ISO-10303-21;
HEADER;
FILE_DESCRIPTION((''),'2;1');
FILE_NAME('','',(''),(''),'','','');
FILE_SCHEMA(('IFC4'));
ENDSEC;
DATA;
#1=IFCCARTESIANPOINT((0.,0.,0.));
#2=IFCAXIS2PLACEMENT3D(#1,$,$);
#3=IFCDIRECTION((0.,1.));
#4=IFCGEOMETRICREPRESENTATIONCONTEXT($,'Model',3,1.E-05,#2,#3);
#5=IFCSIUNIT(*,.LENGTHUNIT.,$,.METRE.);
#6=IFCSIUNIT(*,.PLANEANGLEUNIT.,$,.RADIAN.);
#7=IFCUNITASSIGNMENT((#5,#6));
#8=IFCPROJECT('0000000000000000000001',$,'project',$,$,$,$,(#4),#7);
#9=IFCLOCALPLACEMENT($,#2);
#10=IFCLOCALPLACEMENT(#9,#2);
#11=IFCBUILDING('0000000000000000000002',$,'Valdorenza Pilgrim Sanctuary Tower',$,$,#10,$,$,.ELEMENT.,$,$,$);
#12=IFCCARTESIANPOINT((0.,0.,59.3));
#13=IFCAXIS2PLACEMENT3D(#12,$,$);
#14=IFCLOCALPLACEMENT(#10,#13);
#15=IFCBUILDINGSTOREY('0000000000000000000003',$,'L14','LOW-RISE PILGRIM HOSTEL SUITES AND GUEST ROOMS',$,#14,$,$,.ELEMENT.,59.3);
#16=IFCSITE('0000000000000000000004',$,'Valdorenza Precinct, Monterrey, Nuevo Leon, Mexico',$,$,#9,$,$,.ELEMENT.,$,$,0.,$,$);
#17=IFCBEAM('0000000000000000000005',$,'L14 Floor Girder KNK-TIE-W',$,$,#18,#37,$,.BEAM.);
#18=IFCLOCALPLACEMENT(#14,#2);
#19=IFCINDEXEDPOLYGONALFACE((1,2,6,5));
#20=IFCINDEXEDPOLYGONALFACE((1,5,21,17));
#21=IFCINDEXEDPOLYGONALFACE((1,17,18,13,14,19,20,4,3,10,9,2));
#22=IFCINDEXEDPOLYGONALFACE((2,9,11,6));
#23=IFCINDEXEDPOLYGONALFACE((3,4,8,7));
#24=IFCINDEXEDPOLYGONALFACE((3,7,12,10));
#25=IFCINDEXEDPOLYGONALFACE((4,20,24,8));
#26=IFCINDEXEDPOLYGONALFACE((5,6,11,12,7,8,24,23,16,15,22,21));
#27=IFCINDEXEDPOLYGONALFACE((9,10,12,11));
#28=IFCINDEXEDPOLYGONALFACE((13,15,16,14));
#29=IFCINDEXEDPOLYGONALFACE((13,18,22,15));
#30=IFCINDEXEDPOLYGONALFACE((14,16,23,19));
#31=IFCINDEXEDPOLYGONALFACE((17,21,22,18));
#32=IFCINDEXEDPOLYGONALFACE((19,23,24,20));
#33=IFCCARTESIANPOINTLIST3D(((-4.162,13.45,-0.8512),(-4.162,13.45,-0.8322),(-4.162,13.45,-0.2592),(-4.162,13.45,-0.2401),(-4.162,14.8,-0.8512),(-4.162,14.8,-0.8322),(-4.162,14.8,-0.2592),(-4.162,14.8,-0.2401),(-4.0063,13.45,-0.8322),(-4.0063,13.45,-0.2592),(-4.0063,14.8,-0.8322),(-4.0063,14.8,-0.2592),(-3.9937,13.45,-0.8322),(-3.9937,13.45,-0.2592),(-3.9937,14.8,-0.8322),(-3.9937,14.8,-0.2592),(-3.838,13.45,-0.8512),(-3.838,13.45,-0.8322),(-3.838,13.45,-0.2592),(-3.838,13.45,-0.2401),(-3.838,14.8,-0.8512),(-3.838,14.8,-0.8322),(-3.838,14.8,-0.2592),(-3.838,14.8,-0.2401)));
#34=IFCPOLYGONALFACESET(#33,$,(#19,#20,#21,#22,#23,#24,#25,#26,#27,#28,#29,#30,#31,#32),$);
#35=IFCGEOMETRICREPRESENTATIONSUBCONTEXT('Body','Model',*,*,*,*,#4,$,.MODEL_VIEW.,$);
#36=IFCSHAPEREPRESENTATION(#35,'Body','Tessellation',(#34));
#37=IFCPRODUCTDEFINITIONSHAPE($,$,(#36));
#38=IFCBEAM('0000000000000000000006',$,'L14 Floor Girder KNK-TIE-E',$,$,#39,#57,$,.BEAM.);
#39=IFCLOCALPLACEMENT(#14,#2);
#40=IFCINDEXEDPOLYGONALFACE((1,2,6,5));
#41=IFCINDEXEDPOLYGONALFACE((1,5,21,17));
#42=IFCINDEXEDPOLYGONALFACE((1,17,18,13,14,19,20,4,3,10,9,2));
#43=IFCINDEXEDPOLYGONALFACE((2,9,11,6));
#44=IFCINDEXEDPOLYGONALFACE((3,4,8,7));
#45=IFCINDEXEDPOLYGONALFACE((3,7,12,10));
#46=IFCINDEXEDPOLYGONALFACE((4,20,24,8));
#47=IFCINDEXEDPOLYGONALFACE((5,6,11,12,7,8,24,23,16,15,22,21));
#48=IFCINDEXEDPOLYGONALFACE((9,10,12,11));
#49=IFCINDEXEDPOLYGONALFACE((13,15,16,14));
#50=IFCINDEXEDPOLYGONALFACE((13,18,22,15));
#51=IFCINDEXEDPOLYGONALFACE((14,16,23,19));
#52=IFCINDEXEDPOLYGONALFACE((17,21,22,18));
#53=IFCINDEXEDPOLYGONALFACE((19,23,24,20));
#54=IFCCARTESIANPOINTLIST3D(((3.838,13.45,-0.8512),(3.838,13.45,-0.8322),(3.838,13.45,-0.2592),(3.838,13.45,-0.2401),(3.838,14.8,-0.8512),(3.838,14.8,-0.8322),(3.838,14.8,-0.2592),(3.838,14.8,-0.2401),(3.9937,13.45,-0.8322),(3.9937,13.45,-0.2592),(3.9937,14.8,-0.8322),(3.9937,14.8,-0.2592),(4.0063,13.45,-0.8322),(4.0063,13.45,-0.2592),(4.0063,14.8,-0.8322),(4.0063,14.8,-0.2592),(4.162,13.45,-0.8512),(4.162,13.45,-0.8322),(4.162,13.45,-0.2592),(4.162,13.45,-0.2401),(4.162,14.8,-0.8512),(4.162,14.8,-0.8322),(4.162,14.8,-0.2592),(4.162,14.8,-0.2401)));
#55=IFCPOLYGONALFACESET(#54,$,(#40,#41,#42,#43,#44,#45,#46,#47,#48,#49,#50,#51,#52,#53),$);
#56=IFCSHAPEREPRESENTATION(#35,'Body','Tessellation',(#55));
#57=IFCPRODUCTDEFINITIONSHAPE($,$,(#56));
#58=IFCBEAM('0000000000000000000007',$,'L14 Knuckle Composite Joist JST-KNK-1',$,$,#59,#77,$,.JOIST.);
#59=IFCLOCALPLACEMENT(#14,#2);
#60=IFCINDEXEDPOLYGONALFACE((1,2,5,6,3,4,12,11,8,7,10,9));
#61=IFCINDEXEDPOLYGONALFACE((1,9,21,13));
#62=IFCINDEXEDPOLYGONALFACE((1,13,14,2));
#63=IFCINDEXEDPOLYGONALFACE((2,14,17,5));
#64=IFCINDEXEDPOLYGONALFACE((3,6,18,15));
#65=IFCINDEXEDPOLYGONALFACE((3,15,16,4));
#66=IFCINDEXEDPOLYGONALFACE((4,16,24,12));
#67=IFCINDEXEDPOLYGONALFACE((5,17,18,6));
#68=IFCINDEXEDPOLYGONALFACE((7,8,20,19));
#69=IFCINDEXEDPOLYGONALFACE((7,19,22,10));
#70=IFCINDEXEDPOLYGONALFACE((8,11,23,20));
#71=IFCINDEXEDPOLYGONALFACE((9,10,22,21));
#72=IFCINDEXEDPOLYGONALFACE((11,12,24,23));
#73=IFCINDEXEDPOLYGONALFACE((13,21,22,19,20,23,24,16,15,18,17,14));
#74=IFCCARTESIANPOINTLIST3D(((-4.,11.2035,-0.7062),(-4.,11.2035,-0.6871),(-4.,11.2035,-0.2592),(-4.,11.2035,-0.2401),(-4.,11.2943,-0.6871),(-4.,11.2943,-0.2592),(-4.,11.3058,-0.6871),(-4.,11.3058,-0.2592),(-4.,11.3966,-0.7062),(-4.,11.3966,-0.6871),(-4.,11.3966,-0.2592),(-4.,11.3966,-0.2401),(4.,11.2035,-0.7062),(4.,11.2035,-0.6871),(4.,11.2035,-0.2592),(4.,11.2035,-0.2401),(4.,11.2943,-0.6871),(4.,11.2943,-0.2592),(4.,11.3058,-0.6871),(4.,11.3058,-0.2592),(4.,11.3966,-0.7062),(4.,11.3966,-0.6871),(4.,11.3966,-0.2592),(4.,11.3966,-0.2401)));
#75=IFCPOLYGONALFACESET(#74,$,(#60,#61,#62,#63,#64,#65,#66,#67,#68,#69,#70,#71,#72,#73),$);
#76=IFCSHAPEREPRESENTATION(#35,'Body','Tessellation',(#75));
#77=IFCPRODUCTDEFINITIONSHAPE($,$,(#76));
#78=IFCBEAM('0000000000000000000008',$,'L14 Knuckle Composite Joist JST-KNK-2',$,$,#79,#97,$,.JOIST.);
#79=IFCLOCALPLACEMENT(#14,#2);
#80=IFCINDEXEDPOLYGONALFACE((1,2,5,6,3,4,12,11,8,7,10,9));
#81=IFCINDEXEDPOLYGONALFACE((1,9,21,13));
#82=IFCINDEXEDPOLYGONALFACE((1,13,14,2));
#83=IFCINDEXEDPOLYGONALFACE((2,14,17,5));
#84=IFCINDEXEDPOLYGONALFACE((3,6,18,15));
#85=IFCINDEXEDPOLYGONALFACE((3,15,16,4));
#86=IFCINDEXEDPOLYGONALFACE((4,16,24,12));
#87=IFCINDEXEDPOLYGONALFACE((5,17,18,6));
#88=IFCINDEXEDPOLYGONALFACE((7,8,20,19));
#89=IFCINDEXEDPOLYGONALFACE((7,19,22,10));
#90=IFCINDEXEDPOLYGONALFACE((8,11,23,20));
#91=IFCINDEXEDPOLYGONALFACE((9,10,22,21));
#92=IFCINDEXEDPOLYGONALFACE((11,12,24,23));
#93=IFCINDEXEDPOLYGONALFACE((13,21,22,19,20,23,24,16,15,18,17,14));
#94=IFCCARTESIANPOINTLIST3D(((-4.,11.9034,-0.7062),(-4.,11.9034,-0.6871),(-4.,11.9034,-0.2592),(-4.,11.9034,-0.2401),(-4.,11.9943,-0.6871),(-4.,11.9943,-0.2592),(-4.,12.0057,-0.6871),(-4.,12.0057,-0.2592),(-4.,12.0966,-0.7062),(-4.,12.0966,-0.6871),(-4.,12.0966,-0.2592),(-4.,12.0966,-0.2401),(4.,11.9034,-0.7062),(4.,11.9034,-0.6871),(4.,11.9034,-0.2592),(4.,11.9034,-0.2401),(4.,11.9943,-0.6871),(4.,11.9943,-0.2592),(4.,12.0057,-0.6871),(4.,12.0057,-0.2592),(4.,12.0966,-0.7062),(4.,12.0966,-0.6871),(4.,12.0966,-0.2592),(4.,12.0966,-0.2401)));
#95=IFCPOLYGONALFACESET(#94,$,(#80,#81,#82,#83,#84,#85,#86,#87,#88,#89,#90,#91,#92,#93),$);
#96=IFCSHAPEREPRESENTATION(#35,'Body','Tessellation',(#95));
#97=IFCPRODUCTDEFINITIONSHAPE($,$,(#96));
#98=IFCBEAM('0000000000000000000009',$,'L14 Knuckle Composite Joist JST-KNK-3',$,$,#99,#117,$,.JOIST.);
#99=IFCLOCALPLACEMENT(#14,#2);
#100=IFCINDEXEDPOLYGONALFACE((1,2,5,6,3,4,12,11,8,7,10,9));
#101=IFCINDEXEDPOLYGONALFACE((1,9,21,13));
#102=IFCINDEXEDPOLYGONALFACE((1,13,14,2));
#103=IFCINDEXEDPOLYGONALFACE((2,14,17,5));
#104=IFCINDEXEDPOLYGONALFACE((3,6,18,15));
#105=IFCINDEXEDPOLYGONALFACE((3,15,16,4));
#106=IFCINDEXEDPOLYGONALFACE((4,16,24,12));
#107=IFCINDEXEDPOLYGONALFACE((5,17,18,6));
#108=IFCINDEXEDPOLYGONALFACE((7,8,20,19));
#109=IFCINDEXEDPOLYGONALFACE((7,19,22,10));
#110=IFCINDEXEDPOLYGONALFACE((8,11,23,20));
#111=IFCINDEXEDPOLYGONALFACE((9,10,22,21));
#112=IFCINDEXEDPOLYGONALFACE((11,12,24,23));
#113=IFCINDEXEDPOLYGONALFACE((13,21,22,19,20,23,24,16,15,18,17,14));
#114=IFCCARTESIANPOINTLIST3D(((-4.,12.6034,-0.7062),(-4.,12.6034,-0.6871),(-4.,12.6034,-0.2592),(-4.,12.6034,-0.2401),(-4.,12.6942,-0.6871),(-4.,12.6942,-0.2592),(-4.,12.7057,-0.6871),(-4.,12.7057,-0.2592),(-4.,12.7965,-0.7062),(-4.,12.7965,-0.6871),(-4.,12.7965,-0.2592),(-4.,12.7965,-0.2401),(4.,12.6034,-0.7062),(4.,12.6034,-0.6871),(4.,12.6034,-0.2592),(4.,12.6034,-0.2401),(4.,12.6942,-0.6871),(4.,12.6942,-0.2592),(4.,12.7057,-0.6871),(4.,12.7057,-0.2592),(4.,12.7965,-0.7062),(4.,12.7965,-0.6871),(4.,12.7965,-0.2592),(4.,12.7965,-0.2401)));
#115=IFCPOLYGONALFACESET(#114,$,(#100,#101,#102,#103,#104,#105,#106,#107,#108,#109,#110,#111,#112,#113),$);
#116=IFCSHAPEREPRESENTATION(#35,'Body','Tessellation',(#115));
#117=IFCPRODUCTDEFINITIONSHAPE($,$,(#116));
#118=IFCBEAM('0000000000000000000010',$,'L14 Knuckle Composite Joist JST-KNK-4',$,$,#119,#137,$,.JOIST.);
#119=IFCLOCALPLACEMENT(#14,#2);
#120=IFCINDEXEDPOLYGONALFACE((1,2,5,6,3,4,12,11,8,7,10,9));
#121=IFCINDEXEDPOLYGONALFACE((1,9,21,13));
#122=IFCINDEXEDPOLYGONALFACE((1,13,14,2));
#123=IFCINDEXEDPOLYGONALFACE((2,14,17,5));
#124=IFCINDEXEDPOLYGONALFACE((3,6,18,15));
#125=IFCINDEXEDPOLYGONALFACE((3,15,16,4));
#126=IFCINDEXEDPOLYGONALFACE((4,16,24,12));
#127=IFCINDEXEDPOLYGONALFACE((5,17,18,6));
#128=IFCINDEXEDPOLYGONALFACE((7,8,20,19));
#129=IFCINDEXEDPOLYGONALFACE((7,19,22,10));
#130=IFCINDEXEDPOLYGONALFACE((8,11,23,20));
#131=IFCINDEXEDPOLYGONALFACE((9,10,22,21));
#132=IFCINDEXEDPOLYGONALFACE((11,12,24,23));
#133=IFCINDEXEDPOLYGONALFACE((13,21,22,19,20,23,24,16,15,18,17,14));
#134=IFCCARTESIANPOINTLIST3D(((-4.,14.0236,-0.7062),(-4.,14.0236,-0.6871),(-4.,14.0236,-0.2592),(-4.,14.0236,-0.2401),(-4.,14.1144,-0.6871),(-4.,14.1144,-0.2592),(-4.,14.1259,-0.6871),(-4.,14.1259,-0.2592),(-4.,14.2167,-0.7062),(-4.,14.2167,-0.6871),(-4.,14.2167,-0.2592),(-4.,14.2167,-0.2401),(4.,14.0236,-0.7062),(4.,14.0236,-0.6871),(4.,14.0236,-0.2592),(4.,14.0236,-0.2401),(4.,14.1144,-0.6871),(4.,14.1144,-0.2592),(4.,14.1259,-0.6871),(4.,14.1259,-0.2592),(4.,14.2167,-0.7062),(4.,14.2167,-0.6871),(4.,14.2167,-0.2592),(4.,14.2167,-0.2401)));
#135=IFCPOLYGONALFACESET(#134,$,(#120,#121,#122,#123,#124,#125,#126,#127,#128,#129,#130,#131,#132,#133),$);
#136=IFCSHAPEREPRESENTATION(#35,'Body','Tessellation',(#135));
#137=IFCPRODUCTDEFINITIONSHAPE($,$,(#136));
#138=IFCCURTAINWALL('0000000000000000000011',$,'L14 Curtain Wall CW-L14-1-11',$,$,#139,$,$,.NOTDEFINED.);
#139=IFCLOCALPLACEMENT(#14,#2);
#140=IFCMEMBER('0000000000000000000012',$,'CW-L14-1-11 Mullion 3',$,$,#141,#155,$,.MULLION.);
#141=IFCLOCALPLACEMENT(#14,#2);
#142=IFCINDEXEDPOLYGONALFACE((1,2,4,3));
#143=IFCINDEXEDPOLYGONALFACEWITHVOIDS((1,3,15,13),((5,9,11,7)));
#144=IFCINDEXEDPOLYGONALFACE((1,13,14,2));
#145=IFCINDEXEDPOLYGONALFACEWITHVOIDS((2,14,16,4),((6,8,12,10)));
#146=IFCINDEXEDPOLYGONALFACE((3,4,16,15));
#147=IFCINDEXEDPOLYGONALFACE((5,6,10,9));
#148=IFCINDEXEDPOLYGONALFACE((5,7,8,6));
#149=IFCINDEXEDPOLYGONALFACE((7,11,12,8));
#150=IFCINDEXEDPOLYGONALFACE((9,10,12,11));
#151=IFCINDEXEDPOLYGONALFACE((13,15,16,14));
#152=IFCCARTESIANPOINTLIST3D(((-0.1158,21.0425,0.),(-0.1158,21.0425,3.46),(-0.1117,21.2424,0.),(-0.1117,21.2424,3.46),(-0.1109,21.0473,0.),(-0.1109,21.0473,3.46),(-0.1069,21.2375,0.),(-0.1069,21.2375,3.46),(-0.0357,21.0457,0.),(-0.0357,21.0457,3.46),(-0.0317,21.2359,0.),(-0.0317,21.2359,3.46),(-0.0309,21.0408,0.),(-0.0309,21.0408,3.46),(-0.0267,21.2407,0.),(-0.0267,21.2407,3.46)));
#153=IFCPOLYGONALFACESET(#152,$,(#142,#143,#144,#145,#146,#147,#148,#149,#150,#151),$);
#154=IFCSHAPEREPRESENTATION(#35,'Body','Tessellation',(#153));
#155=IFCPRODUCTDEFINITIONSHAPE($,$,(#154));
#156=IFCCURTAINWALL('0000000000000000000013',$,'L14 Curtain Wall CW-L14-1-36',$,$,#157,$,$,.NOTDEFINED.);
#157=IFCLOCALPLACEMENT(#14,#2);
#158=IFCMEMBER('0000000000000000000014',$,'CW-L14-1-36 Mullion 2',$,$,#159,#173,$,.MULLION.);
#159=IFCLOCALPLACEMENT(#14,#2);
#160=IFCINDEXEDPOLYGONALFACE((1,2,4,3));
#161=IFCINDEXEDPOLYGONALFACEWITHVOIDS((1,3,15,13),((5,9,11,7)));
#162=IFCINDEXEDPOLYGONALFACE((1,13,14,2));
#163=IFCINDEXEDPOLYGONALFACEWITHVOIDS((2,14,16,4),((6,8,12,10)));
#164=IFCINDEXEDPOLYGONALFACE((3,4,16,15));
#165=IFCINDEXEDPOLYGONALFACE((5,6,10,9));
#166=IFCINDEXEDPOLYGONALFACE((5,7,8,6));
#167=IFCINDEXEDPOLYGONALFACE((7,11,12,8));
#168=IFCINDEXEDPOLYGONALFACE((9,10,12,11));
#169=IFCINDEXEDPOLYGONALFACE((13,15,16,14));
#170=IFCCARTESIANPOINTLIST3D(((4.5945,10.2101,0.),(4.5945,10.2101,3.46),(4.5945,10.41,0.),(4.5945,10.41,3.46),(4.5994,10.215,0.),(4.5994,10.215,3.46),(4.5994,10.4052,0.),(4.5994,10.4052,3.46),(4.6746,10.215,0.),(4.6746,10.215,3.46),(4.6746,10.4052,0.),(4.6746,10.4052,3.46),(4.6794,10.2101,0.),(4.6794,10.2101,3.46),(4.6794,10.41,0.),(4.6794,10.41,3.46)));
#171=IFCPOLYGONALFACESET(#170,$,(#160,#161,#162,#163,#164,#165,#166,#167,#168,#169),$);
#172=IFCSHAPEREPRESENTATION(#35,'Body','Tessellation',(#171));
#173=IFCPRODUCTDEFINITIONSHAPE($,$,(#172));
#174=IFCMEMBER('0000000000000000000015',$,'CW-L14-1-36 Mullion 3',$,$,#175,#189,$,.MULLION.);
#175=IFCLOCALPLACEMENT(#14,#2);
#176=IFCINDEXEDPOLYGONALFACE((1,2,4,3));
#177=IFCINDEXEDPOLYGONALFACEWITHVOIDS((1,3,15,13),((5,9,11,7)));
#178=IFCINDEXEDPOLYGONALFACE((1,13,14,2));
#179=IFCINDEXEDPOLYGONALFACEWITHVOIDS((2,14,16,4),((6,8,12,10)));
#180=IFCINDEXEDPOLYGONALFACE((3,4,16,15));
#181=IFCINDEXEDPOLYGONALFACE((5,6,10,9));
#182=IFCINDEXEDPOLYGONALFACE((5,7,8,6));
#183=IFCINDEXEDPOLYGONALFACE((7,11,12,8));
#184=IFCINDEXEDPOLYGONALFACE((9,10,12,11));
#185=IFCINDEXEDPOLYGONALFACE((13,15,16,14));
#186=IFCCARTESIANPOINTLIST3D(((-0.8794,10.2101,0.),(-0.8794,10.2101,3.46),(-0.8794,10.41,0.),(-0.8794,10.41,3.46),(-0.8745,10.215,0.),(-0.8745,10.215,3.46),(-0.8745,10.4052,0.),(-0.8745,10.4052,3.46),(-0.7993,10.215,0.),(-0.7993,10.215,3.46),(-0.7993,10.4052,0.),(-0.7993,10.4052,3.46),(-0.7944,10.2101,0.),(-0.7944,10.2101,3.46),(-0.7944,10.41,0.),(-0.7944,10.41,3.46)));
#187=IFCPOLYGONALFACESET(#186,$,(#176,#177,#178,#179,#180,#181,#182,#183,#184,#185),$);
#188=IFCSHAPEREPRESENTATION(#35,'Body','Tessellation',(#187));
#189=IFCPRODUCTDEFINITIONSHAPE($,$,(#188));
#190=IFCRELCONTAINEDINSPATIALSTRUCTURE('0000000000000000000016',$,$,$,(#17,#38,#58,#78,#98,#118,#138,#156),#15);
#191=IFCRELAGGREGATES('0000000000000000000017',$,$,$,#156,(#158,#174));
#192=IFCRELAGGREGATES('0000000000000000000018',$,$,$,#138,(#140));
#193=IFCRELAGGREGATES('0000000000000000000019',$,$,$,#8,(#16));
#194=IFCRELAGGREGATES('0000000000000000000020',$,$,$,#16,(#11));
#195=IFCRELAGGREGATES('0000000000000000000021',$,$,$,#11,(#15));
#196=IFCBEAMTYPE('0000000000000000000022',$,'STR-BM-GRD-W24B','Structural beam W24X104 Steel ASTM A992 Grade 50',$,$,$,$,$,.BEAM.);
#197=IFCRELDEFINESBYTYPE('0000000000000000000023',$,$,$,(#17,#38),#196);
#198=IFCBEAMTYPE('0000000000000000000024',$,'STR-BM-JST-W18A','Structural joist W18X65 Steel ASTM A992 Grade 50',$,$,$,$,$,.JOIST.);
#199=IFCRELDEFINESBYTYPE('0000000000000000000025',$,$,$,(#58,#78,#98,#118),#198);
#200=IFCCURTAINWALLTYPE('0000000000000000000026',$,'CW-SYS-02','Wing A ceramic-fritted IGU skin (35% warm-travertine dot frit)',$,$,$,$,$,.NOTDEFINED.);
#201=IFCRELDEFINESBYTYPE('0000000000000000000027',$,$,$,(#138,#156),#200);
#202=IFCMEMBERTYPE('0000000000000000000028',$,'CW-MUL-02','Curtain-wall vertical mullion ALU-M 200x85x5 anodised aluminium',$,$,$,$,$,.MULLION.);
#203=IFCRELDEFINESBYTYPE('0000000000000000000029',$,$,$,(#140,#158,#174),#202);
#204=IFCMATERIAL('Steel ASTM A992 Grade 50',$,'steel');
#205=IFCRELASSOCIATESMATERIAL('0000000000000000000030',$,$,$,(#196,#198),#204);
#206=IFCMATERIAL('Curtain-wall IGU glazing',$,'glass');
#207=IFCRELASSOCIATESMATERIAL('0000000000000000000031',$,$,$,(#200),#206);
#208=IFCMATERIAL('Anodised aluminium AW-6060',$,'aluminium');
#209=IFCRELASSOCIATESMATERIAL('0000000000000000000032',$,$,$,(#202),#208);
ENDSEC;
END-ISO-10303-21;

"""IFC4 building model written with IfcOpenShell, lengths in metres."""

from ifc_helpers import new_model, si_unit, direction, frame, origin, origin_2d, place, context, subcontext, project, spatial, hollow_rectangle, i_section, extrude, source, transform, mapped, material, material_profile, profile_set, type_object, element, aggregate, save


model = new_model("IFC4")

# Units and contexts
model_context = context("Model", 3, precision=1e-05, world=origin(), true_north=direction((0.0, 1.0)))
body_context = subcontext(model_context, "Body", "Model", "MODEL_VIEW")
ifc_project = project(units=[si_unit("LENGTHUNIT", "METRE"), si_unit("PLANEANGLEUNIT", "RADIAN")], contexts=[model_context])

# Site, building, storey
site_placement = place(None, origin())
site = spatial("IfcSite", under=ifc_project, at=site_placement, Name="Valdorenza Precinct, Monterrey, Nuevo Leon, Mexico", CompositionType="ELEMENT", RefElevation=0.0)
building_placement = place(site_placement, origin())
building = spatial("IfcBuilding", under=site, at=building_placement, Name="Valdorenza Pilgrim Sanctuary Tower", CompositionType="ELEMENT")
storey_placement = place(building_placement, frame((0.0, 0.0, 59.3)))
storey = spatial("IfcBuildingStorey", under=building, at=storey_placement, Name="L14", Description="LOW-RISE PILGRIM HOSTEL SUITES AND GUEST ROOMS", CompositionType="ELEMENT", Elevation=59.3)

# Shared definitions
ifc_material_1 = material(Name="Steel ASTM A992 Grade 50", Category="steel")

# Beams
ifc_material_profile_1 = material_profile(ifc_material_1, i_section(OverallWidth=0.324, OverallDepth=0.6111, WebThickness=0.0127, FlangeThickness=0.019, at=origin_2d()), Name="W24X104")
ifc_profile_set_1 = profile_set([ifc_material_profile_1], Name="Steel ASTM A992 Grade 50")
beam_type_1 = type_object("IfcBeamType", Name="STR-BM-GRD-W24B", Description="Structural beam W24X104 Steel ASTM A992 Grade 50", PredefinedType="BEAM", material=ifc_profile_set_1)
shared_shape_1 = source(origin(), body_context, "Body", "SweptSolid", [
    extrude(i_section(OverallWidth=0.324, OverallDepth=0.6111, WebThickness=0.0127, FlangeThickness=0.019, at=origin_2d()), origin(), (0.0, 0.0, 1.0), 1.3501),
])
for number, where, z_axis, x_axis, name in (
    (1, (-4.0, 13.45, -0.5457), (0.0, 1.0, 0.0), (-1.0, 0.0, 0.0), "L14 Floor Girder KNK-TIE-W"),
    (2, (4.0, 13.45, -0.5457), (0.0, 1.0, 0.0), (-1.0, 0.0, 0.0), "L14 Floor Girder KNK-TIE-E"),
):
    element("IfcBeam", number, at=place(storey_placement, frame(where, z_axis=z_axis, x_axis=x_axis)), inside=storey, type_object=beam_type_1, Name=name, PredefinedType="BEAM", context=body_context, shape_type="MappedRepresentation", body=[
        mapped(shared_shape_1, transform((0.0, 0.0, 0.0), x_axis=(1.0, 0.0, 0.0), y_axis=(0.0, 1.0, 0.0), z_axis=(0.0, 0.0, 1.0), scale=1.0)),
    ])
ifc_material_profile_2 = material_profile(ifc_material_1, i_section(OverallWidth=0.1931, OverallDepth=0.4661, WebThickness=0.0115, FlangeThickness=0.019, at=origin_2d()), Name="W18X65")
ifc_profile_set_2 = profile_set([ifc_material_profile_2], Name="Steel ASTM A992 Grade 50")
beam_type_2 = type_object("IfcBeamType", Name="STR-BM-JST-W18A", Description="Structural joist W18X65 Steel ASTM A992 Grade 50", PredefinedType="JOIST", material=ifc_profile_set_2)
shared_shape_2 = source(origin(), body_context, "Body", "SweptSolid", [
    extrude(i_section(OverallWidth=0.1931, OverallDepth=0.4661, WebThickness=0.0115, FlangeThickness=0.019, at=origin_2d()), origin(), (0.0, 0.0, 1.0), 8.0),
])
for number, where, z_axis, x_axis, name in (
    (3, (-4.0, 11.3, -0.4731), (1.0, 0.0, 0.0), (0.0, 1.0, 0.0), "L14 Knuckle Composite Joist JST-KNK-1"),
    (4, (-4.0, 12.0, -0.4731), (1.0, 0.0, 0.0), (0.0, 1.0, 0.0), "L14 Knuckle Composite Joist JST-KNK-2"),
    (5, (-4.0, 12.7, -0.4731), (1.0, 0.0, 0.0), (0.0, 1.0, 0.0), "L14 Knuckle Composite Joist JST-KNK-3"),
    (6, (-4.0, 14.1201, -0.4731), (1.0, 0.0, 0.0), (0.0, 1.0, 0.0), "L14 Knuckle Composite Joist JST-KNK-4"),
):
    element("IfcBeam", number, at=place(storey_placement, frame(where, z_axis=z_axis, x_axis=x_axis)), inside=storey, type_object=beam_type_2, Name=name, PredefinedType="JOIST", context=body_context, shape_type="MappedRepresentation", body=[
        mapped(shared_shape_2, transform((0.0, 0.0, 0.0), x_axis=(1.0, 0.0, 0.0), y_axis=(0.0, 1.0, 0.0), z_axis=(0.0, 0.0, 1.0), scale=1.0)),
    ])

# Curtain wall, member
ifc_material_2 = material(Name="Curtain-wall IGU glazing", Category="glass")
curtain_wall_type = type_object("IfcCurtainWallType", Name="CW-SYS-02", Description="Wing A ceramic-fritted IGU skin (35% warm-travertine dot frit)", PredefinedType="NOTDEFINED", material=ifc_material_2)
curtain_wall_1_placement = place(storey_placement, origin())
curtain_wall_1 = element("IfcCurtainWall", 7, at=curtain_wall_1_placement, inside=storey, type_object=curtain_wall_type, Name="L14 Curtain Wall CW-L14-1-11", PredefinedType="NOTDEFINED")
ifc_material_3 = material(Name="Anodised aluminium AW-6060", Category="aluminium")
ifc_material_profile_3 = material_profile(ifc_material_3, hollow_rectangle(XDim=0.085, YDim=0.2, WallThickness=0.0049, at=origin_2d()), Name="ALU-M 200x85x5")
ifc_profile_set_3 = profile_set([ifc_material_profile_3], Name="Anodised aluminium AW-6060")
member_type = type_object("IfcMemberType", Name="CW-MUL-02", Description="Curtain-wall vertical mullion ALU-M 200x85x5 anodised aluminium", PredefinedType="MULLION", material=ifc_profile_set_3)
shared_shape_3 = source(origin(), body_context, "Body", "SweptSolid", [
    extrude(hollow_rectangle(XDim=0.085, YDim=0.2, WallThickness=0.0049, at=origin_2d()), origin(), (0.0, 0.0, 1.0), 3.46),
])
member_1_placement = place(storey_placement, frame((-0.0713, 21.1416, 0.0), z_axis=(0.0, 0.0, 1.0), x_axis=(0.999783, -0.02082, 0.0)))
member_1 = element("IfcMember", 8, at=member_1_placement, type_object=member_type, Name="CW-L14-1-11 Mullion 3", PredefinedType="MULLION", context=body_context, shape_type="MappedRepresentation", body=[
    mapped(shared_shape_3, transform((0.0, 0.0, 0.0), x_axis=(1.0, 0.0, 0.0), y_axis=(0.0, 1.0, 0.0), z_axis=(0.0, 0.0, 1.0), scale=1.0)),
])

# Curtain wall, members
curtain_wall_2_placement = place(storey_placement, origin())
curtain_wall_2 = element("IfcCurtainWall", 9, at=curtain_wall_2_placement, inside=storey, type_object=curtain_wall_type, Name="L14 Curtain Wall CW-L14-1-36", PredefinedType="NOTDEFINED")
member_2_placement = place(storey_placement, frame((4.637, 10.3101, 0.0), z_axis=(0.0, 0.0, 1.0), x_axis=(-1.0, 0.0, 0.0)))
member_2 = element("IfcMember", 10, at=member_2_placement, type_object=member_type, Name="CW-L14-1-36 Mullion 2", PredefinedType="MULLION", context=body_context, shape_type="MappedRepresentation", body=[
    mapped(shared_shape_3, transform((0.0, 0.0, 0.0), x_axis=(1.0, 0.0, 0.0), y_axis=(0.0, 1.0, 0.0), z_axis=(0.0, 0.0, 1.0), scale=1.0)),
])
member_3_placement = place(storey_placement, frame((-0.8369, 10.3101, 0.0), z_axis=(0.0, 0.0, 1.0), x_axis=(-1.0, 0.0, 0.0)))
member_3 = element("IfcMember", 11, at=member_3_placement, type_object=member_type, Name="CW-L14-1-36 Mullion 3", PredefinedType="MULLION", context=body_context, shape_type="MappedRepresentation", body=[
    mapped(shared_shape_3, transform((0.0, 0.0, 0.0), x_axis=(1.0, 0.0, 0.0), y_axis=(0.0, 1.0, 0.0), z_axis=(0.0, 0.0, 1.0), scale=1.0)),
])

aggregate(curtain_wall_2, [member_2, member_3])
aggregate(curtain_wall_1, [member_1])

save(model, "model.ifc")
